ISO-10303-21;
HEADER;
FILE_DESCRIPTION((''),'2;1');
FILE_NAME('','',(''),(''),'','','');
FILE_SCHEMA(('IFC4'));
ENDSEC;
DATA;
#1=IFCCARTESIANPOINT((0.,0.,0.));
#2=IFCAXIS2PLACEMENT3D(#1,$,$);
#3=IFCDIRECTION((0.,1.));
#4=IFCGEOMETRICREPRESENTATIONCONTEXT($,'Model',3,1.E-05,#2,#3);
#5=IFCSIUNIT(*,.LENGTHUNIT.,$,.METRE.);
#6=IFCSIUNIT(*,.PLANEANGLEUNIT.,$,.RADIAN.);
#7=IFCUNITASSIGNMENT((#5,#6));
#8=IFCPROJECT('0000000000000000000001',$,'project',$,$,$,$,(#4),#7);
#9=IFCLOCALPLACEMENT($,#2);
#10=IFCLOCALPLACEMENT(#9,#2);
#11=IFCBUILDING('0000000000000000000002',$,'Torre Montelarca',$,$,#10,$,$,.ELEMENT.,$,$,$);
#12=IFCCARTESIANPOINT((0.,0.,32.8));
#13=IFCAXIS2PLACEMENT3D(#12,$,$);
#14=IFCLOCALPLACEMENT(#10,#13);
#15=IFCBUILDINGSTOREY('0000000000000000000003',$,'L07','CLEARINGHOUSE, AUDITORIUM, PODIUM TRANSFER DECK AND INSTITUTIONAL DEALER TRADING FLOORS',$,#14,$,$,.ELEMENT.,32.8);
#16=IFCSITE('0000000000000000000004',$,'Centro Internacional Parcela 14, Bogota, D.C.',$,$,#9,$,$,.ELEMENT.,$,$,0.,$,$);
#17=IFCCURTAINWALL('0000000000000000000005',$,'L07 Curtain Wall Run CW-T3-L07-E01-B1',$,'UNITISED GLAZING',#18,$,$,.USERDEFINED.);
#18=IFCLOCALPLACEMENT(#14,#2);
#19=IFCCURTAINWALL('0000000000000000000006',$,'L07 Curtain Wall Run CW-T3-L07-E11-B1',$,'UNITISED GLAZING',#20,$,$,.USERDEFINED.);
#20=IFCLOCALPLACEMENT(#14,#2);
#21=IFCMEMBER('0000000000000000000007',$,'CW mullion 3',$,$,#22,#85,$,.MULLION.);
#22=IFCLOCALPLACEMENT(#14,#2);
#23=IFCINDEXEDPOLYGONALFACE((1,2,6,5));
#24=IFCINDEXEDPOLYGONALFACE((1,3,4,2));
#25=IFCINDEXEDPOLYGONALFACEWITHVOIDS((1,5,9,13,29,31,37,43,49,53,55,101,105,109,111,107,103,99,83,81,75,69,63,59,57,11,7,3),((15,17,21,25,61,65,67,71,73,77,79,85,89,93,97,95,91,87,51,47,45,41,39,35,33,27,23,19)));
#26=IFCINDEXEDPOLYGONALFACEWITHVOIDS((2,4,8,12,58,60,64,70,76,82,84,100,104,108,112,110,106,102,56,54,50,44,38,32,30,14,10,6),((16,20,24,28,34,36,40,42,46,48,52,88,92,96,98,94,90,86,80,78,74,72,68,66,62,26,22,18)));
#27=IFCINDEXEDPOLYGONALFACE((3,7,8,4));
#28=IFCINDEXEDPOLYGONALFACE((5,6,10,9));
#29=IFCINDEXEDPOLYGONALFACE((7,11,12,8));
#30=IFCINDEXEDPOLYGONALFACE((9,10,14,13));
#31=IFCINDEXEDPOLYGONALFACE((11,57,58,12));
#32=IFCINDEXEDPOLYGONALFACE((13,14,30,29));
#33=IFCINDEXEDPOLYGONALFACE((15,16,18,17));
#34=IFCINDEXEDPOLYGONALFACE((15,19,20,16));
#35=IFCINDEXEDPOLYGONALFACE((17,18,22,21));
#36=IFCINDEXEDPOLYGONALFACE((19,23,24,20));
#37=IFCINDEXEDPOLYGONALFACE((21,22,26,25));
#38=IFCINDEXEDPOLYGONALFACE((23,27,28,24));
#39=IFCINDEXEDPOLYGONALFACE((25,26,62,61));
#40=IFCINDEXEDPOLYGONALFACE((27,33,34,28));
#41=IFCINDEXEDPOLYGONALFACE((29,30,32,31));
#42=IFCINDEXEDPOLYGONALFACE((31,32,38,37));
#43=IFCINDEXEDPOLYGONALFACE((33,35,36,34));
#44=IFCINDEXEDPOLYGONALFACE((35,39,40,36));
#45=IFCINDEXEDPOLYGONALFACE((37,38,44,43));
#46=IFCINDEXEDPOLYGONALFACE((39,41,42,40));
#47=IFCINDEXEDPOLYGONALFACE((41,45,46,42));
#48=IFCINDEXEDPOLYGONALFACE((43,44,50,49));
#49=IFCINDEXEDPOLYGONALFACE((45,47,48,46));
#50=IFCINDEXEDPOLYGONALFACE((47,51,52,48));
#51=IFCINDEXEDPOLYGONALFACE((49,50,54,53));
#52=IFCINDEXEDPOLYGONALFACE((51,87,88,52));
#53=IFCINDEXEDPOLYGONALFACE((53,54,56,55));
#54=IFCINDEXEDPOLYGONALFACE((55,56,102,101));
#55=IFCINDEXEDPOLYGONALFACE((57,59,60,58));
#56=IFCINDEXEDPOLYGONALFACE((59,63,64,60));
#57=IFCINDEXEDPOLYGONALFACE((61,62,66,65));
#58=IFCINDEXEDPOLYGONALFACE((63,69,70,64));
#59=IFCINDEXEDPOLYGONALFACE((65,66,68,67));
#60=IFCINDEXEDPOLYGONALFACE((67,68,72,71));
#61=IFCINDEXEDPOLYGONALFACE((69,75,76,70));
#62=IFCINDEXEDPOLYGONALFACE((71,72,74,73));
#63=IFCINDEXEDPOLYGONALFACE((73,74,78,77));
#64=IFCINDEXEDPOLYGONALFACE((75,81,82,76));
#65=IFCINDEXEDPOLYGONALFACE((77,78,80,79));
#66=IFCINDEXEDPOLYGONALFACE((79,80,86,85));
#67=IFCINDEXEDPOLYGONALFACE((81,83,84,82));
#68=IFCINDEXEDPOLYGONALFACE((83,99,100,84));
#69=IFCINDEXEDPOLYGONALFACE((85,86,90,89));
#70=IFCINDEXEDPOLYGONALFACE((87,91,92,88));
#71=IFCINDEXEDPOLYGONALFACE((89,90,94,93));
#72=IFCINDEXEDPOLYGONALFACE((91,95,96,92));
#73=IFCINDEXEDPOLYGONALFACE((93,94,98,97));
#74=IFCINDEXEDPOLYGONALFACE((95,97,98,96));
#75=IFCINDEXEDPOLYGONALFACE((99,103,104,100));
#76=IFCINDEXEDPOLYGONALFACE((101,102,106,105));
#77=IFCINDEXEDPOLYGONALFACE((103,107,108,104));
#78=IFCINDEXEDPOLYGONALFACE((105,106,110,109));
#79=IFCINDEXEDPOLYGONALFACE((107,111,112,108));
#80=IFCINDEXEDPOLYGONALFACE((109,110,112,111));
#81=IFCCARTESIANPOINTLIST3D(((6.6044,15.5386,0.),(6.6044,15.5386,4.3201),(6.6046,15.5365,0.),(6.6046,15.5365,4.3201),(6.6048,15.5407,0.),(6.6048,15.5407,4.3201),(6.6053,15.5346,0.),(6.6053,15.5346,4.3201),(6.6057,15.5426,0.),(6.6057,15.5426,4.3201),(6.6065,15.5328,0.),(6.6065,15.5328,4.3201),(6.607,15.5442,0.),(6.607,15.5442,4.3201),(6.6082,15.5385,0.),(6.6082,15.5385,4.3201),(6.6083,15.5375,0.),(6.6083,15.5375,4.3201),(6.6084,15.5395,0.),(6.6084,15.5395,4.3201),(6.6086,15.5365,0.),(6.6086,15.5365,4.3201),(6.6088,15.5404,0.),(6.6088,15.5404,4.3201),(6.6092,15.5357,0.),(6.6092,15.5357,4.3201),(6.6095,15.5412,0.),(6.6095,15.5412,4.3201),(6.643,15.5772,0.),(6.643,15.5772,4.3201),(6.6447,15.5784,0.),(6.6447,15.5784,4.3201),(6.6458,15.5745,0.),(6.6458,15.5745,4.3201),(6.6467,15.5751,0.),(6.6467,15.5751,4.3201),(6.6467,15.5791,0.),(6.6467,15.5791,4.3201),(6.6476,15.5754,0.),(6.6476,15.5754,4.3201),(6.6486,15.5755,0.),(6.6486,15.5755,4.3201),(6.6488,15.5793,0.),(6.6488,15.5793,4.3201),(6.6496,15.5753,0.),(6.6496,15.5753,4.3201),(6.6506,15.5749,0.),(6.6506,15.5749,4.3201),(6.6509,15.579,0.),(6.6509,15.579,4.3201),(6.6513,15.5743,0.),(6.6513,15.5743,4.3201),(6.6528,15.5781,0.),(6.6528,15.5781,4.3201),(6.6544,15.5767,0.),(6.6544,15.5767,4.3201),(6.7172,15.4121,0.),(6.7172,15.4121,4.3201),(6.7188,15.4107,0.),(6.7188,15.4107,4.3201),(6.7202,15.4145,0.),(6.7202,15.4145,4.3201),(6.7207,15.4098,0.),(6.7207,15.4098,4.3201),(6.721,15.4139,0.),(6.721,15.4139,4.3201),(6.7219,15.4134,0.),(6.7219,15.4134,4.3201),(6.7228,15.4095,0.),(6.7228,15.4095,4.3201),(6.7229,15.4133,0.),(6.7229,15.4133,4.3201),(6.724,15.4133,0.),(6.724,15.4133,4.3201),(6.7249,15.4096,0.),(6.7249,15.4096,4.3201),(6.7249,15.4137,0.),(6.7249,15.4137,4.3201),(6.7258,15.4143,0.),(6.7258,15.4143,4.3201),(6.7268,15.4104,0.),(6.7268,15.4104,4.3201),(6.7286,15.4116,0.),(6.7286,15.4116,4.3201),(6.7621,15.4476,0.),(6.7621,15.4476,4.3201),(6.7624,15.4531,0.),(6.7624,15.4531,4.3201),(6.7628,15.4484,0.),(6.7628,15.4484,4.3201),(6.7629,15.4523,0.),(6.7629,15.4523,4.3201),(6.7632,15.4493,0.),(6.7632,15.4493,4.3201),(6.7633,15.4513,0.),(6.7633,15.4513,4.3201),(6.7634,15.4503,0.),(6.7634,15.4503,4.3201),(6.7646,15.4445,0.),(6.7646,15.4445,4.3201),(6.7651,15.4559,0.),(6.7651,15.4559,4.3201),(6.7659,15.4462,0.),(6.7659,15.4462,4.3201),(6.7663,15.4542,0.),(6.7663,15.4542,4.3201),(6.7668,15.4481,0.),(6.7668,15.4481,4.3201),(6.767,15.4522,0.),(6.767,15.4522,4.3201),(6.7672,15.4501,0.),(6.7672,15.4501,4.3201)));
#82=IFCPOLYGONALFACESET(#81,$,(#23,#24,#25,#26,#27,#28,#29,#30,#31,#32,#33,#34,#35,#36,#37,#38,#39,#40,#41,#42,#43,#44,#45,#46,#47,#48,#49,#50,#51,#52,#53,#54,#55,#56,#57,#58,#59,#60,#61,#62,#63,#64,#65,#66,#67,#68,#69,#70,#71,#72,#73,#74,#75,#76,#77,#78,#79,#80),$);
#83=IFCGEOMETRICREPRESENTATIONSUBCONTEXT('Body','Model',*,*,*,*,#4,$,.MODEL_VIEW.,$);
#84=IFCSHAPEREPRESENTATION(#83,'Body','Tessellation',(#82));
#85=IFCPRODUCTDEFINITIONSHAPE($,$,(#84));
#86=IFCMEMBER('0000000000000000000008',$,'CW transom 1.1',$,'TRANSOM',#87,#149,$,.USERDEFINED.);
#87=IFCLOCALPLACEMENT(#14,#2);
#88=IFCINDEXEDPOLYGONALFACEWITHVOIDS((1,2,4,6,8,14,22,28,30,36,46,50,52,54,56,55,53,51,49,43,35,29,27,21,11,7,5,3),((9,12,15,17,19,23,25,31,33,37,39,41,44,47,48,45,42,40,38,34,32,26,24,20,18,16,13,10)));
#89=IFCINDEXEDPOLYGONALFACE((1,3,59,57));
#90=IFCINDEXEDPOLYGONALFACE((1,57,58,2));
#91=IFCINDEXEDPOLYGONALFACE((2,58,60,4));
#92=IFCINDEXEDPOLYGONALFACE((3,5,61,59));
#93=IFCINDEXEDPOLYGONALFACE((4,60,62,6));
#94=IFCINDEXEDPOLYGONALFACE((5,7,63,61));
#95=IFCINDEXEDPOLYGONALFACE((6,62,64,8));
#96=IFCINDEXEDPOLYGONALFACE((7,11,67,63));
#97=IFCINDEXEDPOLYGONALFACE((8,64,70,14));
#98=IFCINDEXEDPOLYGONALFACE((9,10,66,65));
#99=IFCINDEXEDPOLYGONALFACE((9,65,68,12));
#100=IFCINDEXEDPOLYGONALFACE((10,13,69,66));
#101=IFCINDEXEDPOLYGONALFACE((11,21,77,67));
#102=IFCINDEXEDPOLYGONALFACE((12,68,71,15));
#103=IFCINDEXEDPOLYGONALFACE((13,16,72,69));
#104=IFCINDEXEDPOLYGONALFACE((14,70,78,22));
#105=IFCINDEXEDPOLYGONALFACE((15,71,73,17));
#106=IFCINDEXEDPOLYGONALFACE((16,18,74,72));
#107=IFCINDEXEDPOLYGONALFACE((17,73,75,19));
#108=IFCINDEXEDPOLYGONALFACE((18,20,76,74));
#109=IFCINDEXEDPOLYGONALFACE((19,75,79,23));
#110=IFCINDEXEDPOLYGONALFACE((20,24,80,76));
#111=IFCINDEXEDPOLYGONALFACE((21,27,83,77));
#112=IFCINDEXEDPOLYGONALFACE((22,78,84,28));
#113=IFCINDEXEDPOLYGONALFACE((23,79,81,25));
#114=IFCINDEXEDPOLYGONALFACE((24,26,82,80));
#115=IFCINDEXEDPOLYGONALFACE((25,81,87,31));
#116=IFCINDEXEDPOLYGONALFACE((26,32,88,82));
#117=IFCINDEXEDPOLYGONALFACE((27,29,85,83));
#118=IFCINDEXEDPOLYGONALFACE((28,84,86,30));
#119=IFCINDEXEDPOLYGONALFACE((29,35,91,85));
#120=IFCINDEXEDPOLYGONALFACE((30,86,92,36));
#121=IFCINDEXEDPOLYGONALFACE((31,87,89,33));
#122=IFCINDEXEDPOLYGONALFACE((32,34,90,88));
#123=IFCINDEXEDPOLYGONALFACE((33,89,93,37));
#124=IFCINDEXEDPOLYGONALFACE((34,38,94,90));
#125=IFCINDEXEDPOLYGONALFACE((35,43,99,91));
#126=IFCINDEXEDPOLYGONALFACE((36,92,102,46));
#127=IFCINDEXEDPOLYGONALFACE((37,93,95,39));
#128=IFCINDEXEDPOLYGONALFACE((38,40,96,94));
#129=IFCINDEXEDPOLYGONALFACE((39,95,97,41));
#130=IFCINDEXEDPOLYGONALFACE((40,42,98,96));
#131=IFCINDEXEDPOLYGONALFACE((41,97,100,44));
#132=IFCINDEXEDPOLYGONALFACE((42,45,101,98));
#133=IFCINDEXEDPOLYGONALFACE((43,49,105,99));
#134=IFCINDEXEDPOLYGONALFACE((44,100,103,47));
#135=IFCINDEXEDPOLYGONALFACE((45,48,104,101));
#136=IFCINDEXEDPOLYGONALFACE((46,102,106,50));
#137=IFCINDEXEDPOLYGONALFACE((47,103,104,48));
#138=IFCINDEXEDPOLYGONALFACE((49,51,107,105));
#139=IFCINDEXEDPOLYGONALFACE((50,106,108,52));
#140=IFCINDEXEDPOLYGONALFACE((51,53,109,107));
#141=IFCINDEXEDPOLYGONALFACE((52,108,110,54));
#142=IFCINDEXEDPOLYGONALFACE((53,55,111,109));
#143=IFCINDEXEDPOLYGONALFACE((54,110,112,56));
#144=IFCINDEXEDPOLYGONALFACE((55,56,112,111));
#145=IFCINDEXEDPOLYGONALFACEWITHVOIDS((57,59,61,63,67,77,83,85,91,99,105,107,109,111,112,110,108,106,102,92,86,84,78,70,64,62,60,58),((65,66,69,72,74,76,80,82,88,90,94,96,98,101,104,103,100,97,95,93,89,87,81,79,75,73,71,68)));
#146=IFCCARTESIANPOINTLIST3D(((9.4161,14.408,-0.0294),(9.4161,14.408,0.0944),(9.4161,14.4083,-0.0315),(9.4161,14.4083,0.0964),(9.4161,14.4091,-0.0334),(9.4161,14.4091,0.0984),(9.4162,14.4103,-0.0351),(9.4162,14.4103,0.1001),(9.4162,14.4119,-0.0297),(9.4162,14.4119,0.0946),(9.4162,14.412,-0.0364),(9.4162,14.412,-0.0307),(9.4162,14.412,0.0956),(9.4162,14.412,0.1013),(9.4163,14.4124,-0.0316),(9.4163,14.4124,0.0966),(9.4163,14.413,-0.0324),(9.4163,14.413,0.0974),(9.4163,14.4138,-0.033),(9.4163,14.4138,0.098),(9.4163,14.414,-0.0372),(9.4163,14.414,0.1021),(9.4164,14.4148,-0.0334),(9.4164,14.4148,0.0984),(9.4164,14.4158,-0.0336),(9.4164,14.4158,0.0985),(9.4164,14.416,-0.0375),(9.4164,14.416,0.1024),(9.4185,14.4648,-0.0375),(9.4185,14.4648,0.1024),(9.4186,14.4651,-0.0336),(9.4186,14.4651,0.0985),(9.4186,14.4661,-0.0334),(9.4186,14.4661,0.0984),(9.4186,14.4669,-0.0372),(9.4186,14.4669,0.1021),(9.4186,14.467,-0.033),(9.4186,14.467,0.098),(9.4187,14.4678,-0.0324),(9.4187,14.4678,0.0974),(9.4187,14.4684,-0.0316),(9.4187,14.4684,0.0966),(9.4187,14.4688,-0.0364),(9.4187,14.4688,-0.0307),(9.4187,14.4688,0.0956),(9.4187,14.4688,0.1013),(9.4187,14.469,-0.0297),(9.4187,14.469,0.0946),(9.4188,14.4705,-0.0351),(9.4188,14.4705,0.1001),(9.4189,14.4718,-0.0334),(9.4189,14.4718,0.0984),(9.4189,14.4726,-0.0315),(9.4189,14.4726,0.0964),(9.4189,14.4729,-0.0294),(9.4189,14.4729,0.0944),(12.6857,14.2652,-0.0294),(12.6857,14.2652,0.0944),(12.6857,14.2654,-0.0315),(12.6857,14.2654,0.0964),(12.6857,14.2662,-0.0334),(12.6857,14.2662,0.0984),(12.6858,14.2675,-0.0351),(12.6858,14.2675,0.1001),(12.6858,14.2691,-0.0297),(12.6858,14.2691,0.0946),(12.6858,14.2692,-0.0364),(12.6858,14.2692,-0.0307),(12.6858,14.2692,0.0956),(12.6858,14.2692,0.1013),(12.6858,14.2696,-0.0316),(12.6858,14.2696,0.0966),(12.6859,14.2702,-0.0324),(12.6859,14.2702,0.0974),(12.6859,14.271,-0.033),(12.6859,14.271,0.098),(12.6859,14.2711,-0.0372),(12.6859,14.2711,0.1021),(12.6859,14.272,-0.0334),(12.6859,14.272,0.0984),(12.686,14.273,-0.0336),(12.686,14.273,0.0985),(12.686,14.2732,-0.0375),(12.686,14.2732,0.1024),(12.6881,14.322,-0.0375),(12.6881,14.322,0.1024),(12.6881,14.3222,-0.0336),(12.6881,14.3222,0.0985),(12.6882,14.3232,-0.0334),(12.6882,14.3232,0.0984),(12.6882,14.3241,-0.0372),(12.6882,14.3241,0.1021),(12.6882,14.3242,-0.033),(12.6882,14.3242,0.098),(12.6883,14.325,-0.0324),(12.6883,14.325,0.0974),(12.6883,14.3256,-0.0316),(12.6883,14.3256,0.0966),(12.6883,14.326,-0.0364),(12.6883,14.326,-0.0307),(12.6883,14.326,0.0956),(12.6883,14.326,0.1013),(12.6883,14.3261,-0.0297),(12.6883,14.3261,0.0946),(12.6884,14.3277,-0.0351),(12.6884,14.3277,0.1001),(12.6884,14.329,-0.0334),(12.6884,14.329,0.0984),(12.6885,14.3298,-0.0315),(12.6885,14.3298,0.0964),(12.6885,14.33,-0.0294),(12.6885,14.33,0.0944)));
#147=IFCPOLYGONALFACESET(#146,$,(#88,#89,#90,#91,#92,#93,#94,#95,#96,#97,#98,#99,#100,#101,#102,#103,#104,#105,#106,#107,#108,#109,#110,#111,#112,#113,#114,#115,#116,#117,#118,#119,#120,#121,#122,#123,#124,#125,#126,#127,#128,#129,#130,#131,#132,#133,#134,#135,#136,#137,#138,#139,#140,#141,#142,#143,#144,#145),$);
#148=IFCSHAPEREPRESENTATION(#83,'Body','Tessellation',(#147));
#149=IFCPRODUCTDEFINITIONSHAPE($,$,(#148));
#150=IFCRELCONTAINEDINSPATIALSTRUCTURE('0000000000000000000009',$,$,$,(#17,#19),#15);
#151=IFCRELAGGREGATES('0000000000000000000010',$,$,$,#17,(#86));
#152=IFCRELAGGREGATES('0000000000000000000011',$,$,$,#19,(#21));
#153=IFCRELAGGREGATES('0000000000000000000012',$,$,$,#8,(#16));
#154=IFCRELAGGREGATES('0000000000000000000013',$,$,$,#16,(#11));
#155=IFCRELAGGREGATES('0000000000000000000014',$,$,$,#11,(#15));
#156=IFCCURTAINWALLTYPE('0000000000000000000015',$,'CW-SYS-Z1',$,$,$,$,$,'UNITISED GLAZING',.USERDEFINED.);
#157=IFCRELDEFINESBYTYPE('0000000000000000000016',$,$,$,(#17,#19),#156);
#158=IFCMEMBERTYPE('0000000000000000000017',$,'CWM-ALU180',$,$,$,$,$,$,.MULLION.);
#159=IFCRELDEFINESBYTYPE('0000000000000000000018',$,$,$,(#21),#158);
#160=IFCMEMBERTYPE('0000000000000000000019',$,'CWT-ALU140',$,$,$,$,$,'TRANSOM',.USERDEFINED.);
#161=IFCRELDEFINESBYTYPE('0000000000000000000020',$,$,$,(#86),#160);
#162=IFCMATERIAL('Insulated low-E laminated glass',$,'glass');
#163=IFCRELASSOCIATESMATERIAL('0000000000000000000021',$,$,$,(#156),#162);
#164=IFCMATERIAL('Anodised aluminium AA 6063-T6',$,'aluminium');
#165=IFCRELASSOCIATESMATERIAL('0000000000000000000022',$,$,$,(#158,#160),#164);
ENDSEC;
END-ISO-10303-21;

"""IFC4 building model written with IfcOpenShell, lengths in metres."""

from ifc_helpers import new_model, si_unit, direction, frame, origin, origin_2d, place, context, subcontext, project, spatial, hollow_rectangle, extrude, source, transform, mapped, material, material_profile, profile_set, type_object, element, aggregate, save


model = new_model("IFC4")

# Units and contexts
model_context = context("Model", 3, precision=1e-05, world=origin(), true_north=direction((0.0, 1.0)))
body_context = subcontext(model_context, "Body", "Model", "MODEL_VIEW")
ifc_project = project(units=[si_unit("LENGTHUNIT", "METRE"), si_unit("PLANEANGLEUNIT", "RADIAN")], contexts=[model_context])

# Site, building, storey
site_placement = place(None, origin())
site = spatial("IfcSite", under=ifc_project, at=site_placement, Name="Centro Internacional Parcela 14, Bogota, D.C.", CompositionType="ELEMENT", RefElevation=0.0)
building_placement = place(site_placement, origin())
building = spatial("IfcBuilding", under=site, at=building_placement, Name="Torre Montelarca", CompositionType="ELEMENT")
storey_placement = place(building_placement, frame((0.0, 0.0, 32.8)))
storey = spatial("IfcBuildingStorey", under=building, at=storey_placement, Name="L07", Description="CLEARINGHOUSE, AUDITORIUM, PODIUM TRANSFER DECK AND INSTITUTIONAL DEALER TRADING FLOORS", CompositionType="ELEMENT", Elevation=32.8)

# Curtain wall
ifc_material_1 = material(Name="Insulated low-E laminated glass", Category="glass")
curtain_wall_type = type_object("IfcCurtainWallType", Name="CW-SYS-Z1", ElementType="UNITISED GLAZING", PredefinedType="USERDEFINED", material=ifc_material_1)
curtain_wall_1_placement = place(storey_placement, origin())
curtain_wall_1 = element("IfcCurtainWall", 1, at=curtain_wall_1_placement, inside=storey, type_object=curtain_wall_type, Name="L07 Curtain Wall Run CW-T3-L07-E01-B1", ObjectType="UNITISED GLAZING", PredefinedType="USERDEFINED")
ifc_material_2 = material(Name="Anodised aluminium AA 6063-T6", Category="aluminium")
ifc_material_profile_1 = material_profile(ifc_material_2, hollow_rectangle(XDim=0.0649, YDim=0.1799, WallThickness=0.0039, InnerFilletRadius=0.0039, OuterFilletRadius=0.0081, at=origin_2d()), Name="ALU65X180X4", Category="aluminium")
ifc_profile_set_1 = profile_set([ifc_material_profile_1], Name="Anodised aluminium AA 6063-T6")
member_type_1 = type_object("IfcMemberType", Name="CWM-ALU180", PredefinedType="MULLION", material=ifc_profile_set_1)
shared_shape_1 = source(origin(), body_context, "Body", "SweptSolid", [
    extrude(hollow_rectangle(XDim=0.0649, YDim=0.1799, WallThickness=0.0039, InnerFilletRadius=0.0039, OuterFilletRadius=0.0081, at=origin_2d()), origin(), (0.0, 0.0, 1.0), 4.3201),
])

# Curtain wall, member
curtain_wall_2_placement = place(storey_placement, origin())
curtain_wall_2 = element("IfcCurtainWall", 2, at=curtain_wall_2_placement, inside=storey, type_object=curtain_wall_type, Name="L07 Curtain Wall Run CW-T3-L07-E11-B1", ObjectType="UNITISED GLAZING", PredefinedType="USERDEFINED")
member_1_placement = place(storey_placement, frame((6.6858, 15.4944, 0.0), z_axis=(0.0, 0.0, 1.0), x_axis=(0.737282, 0.675585, 0.0)))
member_1 = element("IfcMember", 3, at=member_1_placement, type_object=member_type_1, Name="CW mullion 3", PredefinedType="MULLION", context=body_context, shape_type="MappedRepresentation", body=[
    mapped(shared_shape_1, transform((0.0, 0.0, 0.0), scale=1.0)),
])

# Member
ifc_material_profile_2 = material_profile(ifc_material_2, hollow_rectangle(XDim=0.0649, YDim=0.1399, WallThickness=0.0039, InnerFilletRadius=0.0039, OuterFilletRadius=0.0081, at=origin_2d()), Name="ALU65X140X4", Category="aluminium")
ifc_profile_set_2 = profile_set([ifc_material_profile_2], Name="Anodised aluminium AA 6063-T6")
member_type_2 = type_object("IfcMemberType", Name="CWT-ALU140", ElementType="TRANSOM", PredefinedType="USERDEFINED", material=ifc_profile_set_2)
shared_shape_2 = source(origin(), body_context, "Body", "SweptSolid", [
    extrude(hollow_rectangle(XDim=0.0649, YDim=0.1399, WallThickness=0.0039, InnerFilletRadius=0.0039, OuterFilletRadius=0.0081, at=origin_2d()), origin(), (0.0, 0.0, 1.0), 3.2727),
])
member_2_placement = place(storey_placement, frame((9.4175, 14.4404, 0.0325), z_axis=(0.999047, -0.043641, 0.0), x_axis=(0.043641, 0.999047, 0.0)))
member_2 = element("IfcMember", 4, at=member_2_placement, type_object=member_type_2, Name="CW transom 1.1", ObjectType="TRANSOM", PredefinedType="USERDEFINED", context=body_context, shape_type="MappedRepresentation", body=[
    mapped(shared_shape_2, transform((0.0, 0.0, 0.0), scale=1.0)),
])
aggregate(curtain_wall_1, [member_2])

aggregate(curtain_wall_2, [member_1])

save(model, "model.ifc")
